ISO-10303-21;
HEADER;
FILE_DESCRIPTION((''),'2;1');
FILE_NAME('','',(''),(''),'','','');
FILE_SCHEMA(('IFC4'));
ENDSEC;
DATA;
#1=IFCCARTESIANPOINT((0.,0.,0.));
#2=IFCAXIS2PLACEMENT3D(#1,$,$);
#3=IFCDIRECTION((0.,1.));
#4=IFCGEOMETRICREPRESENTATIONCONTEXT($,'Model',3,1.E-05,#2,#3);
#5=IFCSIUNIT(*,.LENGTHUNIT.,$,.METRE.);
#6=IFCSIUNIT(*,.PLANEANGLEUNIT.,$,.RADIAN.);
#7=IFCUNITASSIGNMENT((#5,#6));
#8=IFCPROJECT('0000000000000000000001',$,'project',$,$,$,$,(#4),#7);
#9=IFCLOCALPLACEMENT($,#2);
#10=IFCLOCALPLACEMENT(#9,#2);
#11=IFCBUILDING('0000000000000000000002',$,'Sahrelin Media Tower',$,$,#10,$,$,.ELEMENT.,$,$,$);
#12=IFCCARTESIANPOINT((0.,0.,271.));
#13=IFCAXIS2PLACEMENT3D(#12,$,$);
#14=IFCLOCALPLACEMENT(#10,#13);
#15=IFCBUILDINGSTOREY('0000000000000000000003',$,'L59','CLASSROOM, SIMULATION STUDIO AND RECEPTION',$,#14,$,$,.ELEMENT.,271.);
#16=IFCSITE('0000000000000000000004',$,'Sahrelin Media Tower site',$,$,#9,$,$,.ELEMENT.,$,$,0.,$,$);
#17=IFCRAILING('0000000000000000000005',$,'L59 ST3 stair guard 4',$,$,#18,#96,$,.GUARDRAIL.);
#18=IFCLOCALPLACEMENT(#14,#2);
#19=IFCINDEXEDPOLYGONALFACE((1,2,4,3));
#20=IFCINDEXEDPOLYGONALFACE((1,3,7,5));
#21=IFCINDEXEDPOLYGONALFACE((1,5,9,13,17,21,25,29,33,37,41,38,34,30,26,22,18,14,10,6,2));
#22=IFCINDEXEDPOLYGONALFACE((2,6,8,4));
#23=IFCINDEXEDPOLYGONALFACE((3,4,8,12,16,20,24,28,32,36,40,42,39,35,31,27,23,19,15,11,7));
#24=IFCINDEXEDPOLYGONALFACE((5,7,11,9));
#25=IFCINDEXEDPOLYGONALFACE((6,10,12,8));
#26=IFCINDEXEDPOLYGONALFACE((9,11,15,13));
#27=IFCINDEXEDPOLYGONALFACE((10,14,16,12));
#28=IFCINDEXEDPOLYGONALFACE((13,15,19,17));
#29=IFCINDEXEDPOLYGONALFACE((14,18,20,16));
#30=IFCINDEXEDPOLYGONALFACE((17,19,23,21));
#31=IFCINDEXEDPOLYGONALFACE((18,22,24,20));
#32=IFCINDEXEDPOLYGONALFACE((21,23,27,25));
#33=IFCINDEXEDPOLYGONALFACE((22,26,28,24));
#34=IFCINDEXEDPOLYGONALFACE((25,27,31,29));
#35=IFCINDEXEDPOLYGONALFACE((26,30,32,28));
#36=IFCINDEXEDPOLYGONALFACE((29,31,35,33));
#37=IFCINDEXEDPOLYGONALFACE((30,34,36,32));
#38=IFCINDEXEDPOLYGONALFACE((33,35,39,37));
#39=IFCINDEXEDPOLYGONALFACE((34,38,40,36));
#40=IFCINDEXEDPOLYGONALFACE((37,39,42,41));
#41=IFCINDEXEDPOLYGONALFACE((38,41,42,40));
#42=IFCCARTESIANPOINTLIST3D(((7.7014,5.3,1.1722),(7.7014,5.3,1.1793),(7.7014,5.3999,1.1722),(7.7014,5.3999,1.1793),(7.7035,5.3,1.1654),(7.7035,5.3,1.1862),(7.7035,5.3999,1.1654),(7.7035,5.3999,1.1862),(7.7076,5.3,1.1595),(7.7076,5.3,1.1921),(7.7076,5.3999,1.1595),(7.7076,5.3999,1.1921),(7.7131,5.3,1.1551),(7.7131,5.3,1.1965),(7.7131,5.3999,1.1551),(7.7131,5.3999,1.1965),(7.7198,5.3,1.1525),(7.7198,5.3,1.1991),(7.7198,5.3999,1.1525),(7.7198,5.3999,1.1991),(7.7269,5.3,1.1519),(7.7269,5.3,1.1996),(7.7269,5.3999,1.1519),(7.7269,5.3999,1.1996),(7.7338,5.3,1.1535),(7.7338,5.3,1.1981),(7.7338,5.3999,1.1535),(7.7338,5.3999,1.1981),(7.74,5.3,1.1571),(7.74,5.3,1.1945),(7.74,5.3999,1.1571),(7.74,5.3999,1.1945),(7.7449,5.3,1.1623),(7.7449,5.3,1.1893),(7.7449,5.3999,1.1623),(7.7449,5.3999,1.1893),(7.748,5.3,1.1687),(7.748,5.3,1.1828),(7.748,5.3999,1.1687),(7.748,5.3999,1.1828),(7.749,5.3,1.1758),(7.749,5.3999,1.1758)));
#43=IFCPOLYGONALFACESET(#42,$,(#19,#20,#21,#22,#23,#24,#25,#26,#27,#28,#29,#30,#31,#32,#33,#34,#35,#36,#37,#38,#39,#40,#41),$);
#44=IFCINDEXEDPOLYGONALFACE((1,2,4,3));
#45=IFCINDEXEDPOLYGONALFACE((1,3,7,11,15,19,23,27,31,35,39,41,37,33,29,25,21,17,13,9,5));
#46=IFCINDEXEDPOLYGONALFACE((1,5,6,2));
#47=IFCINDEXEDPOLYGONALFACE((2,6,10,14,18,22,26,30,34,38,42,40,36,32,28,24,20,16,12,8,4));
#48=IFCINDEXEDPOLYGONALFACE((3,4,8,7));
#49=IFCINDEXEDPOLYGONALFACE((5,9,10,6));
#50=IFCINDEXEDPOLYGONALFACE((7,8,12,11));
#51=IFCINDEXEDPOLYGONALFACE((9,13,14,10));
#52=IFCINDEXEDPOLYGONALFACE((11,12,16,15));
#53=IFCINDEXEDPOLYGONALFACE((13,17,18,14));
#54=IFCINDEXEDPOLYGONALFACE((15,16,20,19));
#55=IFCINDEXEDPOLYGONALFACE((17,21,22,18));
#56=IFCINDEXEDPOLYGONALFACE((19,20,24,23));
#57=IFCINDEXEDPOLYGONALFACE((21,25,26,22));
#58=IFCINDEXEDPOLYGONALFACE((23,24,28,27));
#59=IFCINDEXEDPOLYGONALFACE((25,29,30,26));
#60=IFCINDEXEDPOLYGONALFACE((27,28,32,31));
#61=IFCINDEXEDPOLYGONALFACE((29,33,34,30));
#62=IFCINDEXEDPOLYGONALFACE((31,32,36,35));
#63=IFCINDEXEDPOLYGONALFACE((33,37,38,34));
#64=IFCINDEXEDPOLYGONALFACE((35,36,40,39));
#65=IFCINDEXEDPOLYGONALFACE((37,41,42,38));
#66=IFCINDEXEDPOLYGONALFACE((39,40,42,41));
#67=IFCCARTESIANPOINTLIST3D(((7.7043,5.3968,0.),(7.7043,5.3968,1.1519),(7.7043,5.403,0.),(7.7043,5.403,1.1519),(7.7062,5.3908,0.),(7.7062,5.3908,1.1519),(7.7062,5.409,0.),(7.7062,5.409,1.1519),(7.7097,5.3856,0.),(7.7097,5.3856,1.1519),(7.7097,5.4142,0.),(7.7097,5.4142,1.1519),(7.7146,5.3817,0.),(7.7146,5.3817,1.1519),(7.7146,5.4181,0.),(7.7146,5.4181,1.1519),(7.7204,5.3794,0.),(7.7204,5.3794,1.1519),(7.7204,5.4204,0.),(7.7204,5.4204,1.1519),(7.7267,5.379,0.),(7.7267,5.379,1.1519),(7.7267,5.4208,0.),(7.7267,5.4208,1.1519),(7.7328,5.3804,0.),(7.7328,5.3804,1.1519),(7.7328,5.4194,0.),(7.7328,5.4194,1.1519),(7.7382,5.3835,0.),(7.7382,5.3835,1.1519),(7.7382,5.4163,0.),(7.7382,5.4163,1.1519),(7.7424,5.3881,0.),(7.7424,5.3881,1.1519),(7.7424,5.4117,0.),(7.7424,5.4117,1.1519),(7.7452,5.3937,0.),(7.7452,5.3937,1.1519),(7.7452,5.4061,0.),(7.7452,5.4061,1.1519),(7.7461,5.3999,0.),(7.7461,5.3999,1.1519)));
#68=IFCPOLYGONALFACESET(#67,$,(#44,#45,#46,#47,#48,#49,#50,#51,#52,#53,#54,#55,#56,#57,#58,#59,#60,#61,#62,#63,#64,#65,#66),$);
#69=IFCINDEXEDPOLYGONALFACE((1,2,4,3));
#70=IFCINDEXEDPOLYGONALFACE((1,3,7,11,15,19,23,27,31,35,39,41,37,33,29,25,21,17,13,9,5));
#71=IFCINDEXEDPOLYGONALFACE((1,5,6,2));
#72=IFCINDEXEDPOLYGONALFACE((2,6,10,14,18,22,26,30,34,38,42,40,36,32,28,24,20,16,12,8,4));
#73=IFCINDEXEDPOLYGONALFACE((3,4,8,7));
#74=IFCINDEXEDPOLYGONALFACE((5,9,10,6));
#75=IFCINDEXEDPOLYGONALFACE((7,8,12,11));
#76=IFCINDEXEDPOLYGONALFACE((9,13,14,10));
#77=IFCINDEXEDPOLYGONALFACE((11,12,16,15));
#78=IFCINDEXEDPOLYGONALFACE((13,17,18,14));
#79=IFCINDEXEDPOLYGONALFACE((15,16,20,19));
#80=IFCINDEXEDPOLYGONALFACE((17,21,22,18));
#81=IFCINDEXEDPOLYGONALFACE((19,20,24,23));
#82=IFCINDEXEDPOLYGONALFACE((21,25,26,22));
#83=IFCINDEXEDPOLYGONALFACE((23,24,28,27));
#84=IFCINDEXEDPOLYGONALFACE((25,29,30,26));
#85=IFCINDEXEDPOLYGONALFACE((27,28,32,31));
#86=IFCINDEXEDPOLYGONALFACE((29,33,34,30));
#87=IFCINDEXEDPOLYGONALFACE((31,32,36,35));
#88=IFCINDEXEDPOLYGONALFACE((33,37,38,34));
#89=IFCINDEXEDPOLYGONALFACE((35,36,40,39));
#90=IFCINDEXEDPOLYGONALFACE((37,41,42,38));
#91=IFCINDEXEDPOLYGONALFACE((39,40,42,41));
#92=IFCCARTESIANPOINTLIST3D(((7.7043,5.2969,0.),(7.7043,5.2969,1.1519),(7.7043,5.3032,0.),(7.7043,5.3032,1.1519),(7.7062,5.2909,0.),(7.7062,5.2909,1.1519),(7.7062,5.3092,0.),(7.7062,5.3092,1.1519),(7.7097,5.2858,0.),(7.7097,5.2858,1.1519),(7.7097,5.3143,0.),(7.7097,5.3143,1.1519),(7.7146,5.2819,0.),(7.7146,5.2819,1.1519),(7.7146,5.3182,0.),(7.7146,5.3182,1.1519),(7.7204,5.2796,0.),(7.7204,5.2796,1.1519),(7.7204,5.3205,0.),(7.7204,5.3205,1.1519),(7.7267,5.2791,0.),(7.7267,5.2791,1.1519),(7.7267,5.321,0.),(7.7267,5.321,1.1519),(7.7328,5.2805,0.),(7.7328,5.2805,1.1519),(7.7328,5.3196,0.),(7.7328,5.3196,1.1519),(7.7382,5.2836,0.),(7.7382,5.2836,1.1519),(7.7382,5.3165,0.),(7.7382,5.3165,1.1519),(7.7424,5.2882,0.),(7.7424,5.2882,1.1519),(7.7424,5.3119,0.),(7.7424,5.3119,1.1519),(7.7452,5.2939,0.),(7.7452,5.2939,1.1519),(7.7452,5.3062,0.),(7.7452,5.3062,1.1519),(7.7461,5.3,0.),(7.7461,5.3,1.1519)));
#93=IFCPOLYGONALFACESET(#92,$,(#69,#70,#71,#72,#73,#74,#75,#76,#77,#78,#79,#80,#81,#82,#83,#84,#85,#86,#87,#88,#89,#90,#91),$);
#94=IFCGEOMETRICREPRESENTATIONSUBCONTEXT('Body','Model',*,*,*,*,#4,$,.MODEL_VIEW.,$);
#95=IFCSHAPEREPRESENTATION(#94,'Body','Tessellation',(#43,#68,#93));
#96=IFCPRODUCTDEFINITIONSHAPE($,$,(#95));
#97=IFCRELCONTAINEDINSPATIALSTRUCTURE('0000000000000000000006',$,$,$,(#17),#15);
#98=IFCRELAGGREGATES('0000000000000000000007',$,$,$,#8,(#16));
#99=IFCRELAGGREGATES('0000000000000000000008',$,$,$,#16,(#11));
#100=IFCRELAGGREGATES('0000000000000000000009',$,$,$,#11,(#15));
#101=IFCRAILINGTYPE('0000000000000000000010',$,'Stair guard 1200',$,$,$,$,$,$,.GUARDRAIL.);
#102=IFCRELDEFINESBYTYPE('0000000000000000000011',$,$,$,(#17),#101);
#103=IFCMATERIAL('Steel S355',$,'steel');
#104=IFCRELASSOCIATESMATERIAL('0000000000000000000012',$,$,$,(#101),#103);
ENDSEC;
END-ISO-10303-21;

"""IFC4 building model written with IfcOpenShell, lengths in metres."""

from ifc_helpers import new_model, si_unit, direction, frame, origin, origin_2d, place, context, subcontext, project, spatial, circle, extrude, material, type_object, element, save


model = new_model("IFC4")

# Units and contexts
model_context = context("Model", 3, precision=1e-05, world=origin(), true_north=direction((0.0, 1.0)))
body_context = subcontext(model_context, "Body", "Model", "MODEL_VIEW")
ifc_project = project(units=[si_unit("LENGTHUNIT", "METRE"), si_unit("PLANEANGLEUNIT", "RADIAN")], contexts=[model_context])

# Site, building, storey
site_placement = place(None, origin())
site = spatial("IfcSite", under=ifc_project, at=site_placement, Name="Sahrelin Media Tower site", CompositionType="ELEMENT", RefElevation=0.0)
building_placement = place(site_placement, origin())
building = spatial("IfcBuilding", under=site, at=building_placement, Name="Sahrelin Media Tower", CompositionType="ELEMENT")
storey_placement = place(building_placement, frame((0.0, 0.0, 271.0)))
storey = spatial("IfcBuildingStorey", under=building, at=storey_placement, Name="L59", Description="CLASSROOM, SIMULATION STUDIO AND RECEPTION", CompositionType="ELEMENT", Elevation=271.0)

# Shared definitions
ifc_material_1 = material(Name="Steel S355", Category="steel")

# Railing
railing_type_1 = type_object("IfcRailingType", Name="Stair guard 1200", PredefinedType="GUARDRAIL", material=ifc_material_1)
railing_1_placement = place(storey_placement, frame((7.7251, 5.3999, 0.0)))
element("IfcRailing", 1, at=railing_1_placement, inside=storey, type_object=railing_type_1, Name="L59 ST3 stair guard 4", PredefinedType="GUARDRAIL", context=body_context, shape_type="SweptSolid", body=[
    extrude(circle(Radius=0.0239, at=origin_2d()), frame((0.0, 0.0, 1.1758), z_axis=(0.0, -1.0, 0.0), x_axis=(1.0, 0.0, 0.0)), (0.0, 0.0, 1.0), 0.0999),
    extrude(circle(Radius=0.021, at=origin_2d()), origin(), (0.0, 0.0, 1.0), 1.1519),
    extrude(circle(Radius=0.021, at=origin_2d()), frame((0.0, -0.0999, 0.0)), (0.0, 0.0, 1.0), 1.1519),
])

save(model, "model.ifc")
